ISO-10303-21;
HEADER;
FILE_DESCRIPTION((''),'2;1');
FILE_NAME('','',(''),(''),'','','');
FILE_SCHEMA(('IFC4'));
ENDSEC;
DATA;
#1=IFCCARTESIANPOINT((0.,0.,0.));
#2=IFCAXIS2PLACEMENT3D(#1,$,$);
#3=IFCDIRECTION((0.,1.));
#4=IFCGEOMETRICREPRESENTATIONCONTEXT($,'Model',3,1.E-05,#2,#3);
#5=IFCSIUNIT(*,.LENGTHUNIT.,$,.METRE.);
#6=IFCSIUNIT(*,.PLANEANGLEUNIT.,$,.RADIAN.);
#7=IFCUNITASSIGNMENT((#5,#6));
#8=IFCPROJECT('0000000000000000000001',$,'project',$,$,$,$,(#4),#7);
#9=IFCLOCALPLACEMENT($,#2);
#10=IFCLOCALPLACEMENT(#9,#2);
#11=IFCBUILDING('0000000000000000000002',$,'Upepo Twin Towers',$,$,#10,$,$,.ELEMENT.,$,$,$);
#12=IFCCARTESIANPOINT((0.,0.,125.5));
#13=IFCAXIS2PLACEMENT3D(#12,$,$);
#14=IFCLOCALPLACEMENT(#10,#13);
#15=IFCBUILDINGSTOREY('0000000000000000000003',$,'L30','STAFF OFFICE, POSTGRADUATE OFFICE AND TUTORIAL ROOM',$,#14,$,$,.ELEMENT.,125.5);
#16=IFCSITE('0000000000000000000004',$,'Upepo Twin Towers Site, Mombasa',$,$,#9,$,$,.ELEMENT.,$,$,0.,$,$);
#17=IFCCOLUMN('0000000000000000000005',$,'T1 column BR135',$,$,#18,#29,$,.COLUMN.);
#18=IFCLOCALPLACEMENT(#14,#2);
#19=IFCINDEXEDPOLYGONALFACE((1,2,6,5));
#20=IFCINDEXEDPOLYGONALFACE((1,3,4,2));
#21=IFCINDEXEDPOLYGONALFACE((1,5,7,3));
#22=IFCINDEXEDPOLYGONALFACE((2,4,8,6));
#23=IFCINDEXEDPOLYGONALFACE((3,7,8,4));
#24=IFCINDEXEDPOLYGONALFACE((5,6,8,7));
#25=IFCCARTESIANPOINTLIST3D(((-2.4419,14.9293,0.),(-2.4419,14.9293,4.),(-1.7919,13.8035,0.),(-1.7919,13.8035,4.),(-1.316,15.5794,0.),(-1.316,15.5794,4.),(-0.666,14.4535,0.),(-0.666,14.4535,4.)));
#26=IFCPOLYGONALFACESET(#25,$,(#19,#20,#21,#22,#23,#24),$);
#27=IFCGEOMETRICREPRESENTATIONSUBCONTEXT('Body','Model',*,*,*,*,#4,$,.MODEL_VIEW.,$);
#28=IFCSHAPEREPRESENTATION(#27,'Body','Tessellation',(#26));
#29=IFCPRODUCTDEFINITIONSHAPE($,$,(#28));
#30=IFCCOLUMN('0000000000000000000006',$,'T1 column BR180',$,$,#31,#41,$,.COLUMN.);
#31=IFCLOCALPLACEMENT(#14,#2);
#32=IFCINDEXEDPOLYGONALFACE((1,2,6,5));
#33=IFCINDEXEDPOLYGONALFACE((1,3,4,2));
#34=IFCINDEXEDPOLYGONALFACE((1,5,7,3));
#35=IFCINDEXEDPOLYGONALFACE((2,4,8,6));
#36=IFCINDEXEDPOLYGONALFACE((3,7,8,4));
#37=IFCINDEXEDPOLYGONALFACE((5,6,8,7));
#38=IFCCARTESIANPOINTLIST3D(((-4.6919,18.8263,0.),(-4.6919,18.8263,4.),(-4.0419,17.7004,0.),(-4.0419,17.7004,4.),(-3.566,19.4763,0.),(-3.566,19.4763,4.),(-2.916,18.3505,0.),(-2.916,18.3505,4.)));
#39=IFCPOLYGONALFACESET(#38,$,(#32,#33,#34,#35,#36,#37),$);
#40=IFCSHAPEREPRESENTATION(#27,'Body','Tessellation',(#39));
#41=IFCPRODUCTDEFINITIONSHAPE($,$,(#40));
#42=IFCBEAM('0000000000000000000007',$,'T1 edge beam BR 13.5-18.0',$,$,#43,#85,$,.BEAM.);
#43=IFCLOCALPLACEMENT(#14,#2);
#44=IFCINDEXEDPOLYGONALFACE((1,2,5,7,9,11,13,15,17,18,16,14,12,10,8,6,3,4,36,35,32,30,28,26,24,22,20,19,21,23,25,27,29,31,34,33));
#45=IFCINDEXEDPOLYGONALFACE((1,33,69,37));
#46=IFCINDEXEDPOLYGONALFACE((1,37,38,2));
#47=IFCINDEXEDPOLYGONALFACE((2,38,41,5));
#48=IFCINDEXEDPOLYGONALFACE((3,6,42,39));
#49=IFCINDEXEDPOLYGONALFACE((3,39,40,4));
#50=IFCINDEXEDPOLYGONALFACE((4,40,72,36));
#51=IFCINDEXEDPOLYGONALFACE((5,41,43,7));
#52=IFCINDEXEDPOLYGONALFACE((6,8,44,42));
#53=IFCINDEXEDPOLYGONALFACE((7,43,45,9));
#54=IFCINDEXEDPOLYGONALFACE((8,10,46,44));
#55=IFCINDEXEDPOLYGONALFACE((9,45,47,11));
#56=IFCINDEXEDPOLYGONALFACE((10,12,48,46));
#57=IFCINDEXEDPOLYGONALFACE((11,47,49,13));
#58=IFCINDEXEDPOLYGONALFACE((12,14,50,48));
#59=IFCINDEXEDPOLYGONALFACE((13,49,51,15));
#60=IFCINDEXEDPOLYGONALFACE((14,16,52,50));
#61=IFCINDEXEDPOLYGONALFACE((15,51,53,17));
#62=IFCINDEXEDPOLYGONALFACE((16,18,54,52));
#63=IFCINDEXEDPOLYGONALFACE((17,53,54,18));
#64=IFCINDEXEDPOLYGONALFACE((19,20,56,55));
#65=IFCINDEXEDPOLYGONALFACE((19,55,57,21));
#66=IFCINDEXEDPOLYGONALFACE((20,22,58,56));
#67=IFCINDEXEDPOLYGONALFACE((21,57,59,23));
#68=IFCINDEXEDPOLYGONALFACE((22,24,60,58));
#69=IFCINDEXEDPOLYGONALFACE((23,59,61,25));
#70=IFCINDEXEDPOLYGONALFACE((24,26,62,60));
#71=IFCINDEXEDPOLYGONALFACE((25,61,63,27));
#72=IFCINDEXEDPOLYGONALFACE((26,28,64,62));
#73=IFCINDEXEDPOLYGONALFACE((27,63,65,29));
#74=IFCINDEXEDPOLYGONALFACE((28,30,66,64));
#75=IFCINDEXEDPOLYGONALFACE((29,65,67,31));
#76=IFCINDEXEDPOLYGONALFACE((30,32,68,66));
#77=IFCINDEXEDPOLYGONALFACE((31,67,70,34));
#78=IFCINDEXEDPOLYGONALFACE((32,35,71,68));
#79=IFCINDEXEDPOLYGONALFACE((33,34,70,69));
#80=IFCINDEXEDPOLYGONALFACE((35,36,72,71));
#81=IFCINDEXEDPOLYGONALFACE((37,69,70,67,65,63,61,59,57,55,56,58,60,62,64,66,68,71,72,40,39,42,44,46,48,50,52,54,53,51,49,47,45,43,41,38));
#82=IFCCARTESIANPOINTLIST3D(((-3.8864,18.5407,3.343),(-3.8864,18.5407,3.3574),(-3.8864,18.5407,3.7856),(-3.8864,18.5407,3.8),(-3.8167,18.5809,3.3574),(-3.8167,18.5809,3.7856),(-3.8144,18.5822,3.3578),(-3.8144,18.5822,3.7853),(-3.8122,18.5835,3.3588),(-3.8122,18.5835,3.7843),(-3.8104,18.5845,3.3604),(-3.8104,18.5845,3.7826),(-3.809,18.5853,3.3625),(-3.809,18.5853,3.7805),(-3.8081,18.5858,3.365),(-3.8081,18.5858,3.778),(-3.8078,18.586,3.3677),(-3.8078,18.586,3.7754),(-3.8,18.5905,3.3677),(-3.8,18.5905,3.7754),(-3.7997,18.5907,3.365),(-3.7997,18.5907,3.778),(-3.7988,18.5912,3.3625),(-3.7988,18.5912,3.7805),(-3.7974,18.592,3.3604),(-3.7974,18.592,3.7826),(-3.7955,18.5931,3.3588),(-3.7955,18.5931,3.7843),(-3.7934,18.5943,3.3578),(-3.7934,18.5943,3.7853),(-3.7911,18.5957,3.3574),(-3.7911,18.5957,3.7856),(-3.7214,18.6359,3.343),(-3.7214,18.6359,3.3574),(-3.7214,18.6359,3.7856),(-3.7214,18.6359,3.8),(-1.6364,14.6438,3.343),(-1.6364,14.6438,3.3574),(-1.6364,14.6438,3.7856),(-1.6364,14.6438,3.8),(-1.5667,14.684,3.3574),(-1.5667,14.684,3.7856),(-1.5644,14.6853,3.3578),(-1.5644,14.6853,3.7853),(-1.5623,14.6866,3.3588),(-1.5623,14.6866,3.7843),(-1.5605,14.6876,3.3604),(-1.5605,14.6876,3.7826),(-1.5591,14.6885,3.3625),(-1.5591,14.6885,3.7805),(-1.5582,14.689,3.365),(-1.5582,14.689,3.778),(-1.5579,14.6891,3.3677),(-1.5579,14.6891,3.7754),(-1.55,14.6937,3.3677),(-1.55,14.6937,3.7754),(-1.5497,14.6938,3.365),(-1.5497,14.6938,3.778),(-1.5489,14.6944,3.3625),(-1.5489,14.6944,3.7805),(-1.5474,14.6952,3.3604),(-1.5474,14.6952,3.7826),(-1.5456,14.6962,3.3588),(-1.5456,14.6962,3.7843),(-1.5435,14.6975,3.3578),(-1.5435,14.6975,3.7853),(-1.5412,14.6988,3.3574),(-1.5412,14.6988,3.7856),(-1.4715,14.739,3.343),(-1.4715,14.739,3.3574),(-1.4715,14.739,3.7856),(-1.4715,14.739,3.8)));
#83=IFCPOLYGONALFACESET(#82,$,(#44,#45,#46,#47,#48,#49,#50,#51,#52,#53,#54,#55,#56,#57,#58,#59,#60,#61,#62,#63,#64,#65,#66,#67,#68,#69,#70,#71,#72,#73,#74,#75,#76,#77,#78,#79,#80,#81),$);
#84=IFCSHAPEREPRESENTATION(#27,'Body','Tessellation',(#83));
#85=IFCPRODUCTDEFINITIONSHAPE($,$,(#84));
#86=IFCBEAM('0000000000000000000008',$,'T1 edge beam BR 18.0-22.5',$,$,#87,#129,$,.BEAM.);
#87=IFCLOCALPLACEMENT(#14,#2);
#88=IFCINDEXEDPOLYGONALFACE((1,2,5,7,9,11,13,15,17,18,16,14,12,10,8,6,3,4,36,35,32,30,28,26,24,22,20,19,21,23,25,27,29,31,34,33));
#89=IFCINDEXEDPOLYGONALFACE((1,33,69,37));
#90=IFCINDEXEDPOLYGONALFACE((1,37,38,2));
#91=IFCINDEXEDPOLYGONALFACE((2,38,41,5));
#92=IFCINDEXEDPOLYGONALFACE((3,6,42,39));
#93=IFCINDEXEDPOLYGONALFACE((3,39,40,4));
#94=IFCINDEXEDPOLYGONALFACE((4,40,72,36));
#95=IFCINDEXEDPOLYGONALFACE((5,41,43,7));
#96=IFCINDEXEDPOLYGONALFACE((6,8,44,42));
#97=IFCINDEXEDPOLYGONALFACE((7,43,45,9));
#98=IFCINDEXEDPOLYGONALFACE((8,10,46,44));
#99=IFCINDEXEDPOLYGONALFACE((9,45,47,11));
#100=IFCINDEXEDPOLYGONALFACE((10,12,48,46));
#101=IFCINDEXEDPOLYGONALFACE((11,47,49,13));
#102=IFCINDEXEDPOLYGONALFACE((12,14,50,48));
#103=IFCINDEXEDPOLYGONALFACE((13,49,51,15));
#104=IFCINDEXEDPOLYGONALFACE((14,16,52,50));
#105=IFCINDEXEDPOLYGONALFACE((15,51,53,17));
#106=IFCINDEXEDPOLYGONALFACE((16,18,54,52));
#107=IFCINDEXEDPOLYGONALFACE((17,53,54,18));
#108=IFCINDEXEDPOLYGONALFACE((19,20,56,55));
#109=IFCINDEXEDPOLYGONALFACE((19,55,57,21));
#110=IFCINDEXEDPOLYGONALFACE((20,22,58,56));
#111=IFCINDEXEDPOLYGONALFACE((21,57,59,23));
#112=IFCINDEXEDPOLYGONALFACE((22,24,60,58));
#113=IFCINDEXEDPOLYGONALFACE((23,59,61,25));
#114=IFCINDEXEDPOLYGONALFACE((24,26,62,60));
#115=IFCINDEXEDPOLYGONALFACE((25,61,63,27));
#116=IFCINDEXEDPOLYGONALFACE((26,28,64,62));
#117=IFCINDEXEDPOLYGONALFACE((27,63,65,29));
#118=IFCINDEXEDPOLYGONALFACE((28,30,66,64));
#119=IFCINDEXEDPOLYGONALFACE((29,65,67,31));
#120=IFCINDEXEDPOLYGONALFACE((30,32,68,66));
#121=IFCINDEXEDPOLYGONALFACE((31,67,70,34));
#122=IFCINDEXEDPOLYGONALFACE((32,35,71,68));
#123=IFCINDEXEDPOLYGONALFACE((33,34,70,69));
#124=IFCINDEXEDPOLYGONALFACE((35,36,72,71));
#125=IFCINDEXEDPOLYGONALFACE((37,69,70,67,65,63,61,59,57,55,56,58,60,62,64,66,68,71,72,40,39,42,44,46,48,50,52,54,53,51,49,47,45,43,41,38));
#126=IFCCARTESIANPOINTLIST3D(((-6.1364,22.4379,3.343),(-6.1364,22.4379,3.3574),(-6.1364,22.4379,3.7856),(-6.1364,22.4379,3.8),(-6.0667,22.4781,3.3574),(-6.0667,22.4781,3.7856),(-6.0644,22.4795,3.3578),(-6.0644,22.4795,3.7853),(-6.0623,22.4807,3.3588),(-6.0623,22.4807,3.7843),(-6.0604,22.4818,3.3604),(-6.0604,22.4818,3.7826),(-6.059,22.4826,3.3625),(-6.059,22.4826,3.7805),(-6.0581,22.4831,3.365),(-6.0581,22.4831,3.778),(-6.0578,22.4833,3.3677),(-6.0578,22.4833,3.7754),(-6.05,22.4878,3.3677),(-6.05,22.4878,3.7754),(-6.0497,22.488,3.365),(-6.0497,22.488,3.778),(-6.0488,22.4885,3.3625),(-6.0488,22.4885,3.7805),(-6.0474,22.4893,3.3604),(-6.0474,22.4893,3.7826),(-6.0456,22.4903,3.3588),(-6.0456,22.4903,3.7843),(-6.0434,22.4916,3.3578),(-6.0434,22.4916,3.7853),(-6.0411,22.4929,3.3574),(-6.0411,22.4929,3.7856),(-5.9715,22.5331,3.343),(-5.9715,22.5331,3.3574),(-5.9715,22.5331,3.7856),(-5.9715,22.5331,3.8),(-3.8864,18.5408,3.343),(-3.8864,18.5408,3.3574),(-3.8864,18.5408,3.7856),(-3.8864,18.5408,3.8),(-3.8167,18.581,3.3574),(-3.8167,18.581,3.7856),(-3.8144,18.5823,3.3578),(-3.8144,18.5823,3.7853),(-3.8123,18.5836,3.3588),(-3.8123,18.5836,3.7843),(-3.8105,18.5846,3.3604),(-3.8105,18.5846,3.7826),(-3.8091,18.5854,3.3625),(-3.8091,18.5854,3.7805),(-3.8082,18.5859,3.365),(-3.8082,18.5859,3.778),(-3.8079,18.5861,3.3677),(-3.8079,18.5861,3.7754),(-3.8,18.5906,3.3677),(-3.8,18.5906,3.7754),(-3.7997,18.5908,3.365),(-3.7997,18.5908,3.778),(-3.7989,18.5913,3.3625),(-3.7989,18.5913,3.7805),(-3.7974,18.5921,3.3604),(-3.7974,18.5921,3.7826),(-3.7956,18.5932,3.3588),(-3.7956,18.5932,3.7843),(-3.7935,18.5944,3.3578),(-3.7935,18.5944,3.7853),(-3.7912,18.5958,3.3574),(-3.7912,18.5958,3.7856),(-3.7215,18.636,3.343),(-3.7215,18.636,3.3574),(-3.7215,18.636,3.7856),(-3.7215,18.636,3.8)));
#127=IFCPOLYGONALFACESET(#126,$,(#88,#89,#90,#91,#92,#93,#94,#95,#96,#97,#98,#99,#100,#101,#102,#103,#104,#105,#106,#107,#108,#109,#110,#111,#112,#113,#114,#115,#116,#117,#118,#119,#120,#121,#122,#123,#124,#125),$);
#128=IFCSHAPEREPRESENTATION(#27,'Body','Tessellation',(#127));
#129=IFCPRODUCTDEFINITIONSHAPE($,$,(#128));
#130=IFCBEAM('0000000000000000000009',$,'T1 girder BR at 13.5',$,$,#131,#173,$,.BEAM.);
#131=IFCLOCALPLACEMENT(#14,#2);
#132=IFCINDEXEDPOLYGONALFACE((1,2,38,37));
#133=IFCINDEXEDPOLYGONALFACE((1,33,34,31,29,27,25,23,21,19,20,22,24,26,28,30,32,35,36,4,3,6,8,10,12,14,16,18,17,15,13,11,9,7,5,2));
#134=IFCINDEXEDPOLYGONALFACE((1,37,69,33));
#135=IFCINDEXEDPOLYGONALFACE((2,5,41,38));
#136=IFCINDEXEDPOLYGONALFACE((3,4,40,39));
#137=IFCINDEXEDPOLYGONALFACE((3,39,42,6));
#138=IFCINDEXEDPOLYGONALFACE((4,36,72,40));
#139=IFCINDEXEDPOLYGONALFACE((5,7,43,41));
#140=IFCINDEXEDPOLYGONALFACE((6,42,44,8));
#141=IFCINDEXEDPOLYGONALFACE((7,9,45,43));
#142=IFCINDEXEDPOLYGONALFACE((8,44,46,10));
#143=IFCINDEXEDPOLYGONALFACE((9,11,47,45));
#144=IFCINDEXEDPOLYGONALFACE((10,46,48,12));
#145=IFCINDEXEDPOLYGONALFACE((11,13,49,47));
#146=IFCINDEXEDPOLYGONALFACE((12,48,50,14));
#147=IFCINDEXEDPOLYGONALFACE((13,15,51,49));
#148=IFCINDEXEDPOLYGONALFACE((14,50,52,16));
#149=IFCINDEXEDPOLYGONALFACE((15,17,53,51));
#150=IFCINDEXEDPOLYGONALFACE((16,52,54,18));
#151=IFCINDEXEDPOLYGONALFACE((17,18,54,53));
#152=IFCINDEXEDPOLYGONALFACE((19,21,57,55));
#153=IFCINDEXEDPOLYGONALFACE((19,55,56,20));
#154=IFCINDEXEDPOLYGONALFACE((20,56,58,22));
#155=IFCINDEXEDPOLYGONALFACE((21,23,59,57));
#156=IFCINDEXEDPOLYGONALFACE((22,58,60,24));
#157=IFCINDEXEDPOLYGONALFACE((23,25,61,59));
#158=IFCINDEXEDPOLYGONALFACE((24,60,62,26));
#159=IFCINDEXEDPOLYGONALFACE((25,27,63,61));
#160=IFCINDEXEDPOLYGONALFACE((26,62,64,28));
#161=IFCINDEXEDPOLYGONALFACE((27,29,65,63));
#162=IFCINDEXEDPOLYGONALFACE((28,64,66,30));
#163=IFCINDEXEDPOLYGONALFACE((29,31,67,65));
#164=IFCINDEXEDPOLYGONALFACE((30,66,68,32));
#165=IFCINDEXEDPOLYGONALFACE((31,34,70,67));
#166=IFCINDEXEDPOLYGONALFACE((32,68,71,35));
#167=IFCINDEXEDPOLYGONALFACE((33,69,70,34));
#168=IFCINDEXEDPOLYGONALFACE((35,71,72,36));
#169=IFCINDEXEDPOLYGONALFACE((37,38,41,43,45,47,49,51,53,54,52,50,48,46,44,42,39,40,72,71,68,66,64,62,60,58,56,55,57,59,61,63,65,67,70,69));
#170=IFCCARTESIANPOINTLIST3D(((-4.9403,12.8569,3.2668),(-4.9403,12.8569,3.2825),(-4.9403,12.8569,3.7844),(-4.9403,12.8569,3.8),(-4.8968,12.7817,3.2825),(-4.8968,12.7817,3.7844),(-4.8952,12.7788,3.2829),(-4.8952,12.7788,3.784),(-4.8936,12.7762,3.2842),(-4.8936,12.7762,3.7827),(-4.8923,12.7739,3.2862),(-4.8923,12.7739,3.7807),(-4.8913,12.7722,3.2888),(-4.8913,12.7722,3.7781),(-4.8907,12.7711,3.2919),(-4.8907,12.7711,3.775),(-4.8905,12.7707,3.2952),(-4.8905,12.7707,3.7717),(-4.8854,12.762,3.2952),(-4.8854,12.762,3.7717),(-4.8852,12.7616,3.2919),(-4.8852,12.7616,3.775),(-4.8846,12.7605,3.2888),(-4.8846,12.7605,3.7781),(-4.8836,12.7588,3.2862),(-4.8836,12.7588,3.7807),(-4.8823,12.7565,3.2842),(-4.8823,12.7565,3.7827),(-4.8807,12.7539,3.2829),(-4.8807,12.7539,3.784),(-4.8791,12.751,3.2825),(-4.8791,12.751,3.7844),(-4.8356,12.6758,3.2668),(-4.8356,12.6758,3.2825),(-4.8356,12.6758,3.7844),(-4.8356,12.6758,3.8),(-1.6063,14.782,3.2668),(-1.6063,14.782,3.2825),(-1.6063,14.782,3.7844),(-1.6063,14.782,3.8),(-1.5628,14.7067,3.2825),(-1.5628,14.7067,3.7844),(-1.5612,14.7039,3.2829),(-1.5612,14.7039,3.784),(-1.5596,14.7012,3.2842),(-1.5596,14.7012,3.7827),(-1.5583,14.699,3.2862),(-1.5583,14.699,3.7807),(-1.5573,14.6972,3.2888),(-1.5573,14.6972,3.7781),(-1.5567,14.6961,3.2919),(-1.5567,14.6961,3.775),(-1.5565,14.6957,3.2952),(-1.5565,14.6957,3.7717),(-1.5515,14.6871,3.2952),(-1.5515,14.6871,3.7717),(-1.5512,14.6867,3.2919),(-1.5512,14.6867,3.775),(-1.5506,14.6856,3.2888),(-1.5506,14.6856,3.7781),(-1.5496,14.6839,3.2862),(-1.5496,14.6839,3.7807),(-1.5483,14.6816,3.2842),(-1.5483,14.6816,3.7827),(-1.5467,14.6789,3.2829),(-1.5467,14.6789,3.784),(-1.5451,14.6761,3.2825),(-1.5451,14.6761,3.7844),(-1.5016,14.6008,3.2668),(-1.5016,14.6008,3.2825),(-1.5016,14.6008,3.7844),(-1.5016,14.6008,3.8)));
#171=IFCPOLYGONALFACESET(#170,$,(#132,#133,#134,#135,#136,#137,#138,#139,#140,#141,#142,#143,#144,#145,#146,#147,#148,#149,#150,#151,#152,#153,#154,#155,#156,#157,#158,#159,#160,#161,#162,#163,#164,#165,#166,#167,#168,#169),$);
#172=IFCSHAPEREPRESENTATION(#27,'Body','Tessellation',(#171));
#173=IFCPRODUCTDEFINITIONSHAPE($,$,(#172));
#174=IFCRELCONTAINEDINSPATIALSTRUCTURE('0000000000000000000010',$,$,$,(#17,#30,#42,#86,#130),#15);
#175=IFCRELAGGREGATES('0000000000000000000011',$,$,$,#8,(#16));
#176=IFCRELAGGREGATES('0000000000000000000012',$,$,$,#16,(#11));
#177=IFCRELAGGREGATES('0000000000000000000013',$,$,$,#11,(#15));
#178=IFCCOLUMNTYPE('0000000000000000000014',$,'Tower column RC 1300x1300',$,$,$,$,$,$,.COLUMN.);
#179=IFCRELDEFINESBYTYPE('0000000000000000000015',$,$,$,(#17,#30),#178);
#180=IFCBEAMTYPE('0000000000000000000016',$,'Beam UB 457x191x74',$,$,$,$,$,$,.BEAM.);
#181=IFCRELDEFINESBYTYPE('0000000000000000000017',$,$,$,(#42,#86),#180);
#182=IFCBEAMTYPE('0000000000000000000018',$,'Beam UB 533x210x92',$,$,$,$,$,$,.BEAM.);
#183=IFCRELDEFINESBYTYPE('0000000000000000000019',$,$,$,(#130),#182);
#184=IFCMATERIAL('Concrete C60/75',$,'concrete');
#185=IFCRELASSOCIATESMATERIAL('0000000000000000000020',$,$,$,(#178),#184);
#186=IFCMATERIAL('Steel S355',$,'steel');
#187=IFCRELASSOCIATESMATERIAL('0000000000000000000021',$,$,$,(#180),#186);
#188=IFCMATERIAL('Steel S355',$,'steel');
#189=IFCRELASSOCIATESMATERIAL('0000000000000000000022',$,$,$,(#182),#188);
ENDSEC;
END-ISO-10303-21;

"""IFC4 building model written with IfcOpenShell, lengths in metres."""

from ifc_helpers import new_model, si_unit, direction, frame, origin, origin_2d, place, context, subcontext, project, spatial, rectangle, i_section, extrude, material, material_profile, profile_set, type_object, element, save


model = new_model("IFC4")

# Units and contexts
model_context = context("Model", 3, precision=1e-05, world=origin(), true_north=direction((0.0, 1.0)))
body_context = subcontext(model_context, "Body", "Model", "MODEL_VIEW")
ifc_project = project(units=[si_unit("LENGTHUNIT", "METRE"), si_unit("PLANEANGLEUNIT", "RADIAN")], contexts=[model_context])

# Site, building, storey
site_placement = place(None, origin())
site = spatial("IfcSite", under=ifc_project, at=site_placement, Name="Upepo Twin Towers Site, Mombasa", CompositionType="ELEMENT", RefElevation=0.0)
building_placement = place(site_placement, origin())
building = spatial("IfcBuilding", under=site, at=building_placement, Name="Upepo Twin Towers", CompositionType="ELEMENT")
storey_placement = place(building_placement, frame((0.0, 0.0, 125.5)))
storey = spatial("IfcBuildingStorey", under=building, at=storey_placement, Name="L30", Description="STAFF OFFICE, POSTGRADUATE OFFICE AND TUTORIAL ROOM", CompositionType="ELEMENT", Elevation=125.5)

# Columns
ifc_material_1 = material(Name="Concrete C60/75", Category="concrete")
ifc_material_profile_1 = material_profile(ifc_material_1, rectangle(XDim=1.3, YDim=1.3, at=origin_2d()), Name="RC 1300x1300")
ifc_profile_set_1 = profile_set([ifc_material_profile_1], Name="Concrete C60/75")
column_type = type_object("IfcColumnType", Name="Tower column RC 1300x1300", PredefinedType="COLUMN", material=ifc_profile_set_1)
for number, where, z_axis, x_axis, name in (
    (1, (-1.554, 14.6914, 0.0), (0.0, 0.0, 1.0), (0.866025, 0.5, 0.0), "T1 column BR135"),
    (2, (-3.804, 18.5884, 0.0), (0.0, 0.0, 1.0), (0.866025, 0.5, 0.0), "T1 column BR180"),
):
    element("IfcColumn", number, at=place(storey_placement, frame(where, z_axis=z_axis, x_axis=x_axis)), inside=storey, type_object=column_type, Name=name, PredefinedType="COLUMN", context=body_context, shape_type="SweptSolid", body=[
        extrude(rectangle(XDim=1.3, YDim=1.3, at=origin_2d()), origin(), (0.0, 0.0, 1.0), 4.0),
    ])

# Beams
ifc_material_2 = material(Name="Steel S355", Category="steel")
ifc_material_profile_2 = material_profile(ifc_material_2, i_section(OverallWidth=0.1904, OverallDepth=0.457, WebThickness=0.009, FlangeThickness=0.0144, FilletRadius=0.0103, at=origin_2d()), Name="UB 457x191x74")
ifc_profile_set_2 = profile_set([ifc_material_profile_2], Name="Steel S355")
beam_type_1 = type_object("IfcBeamType", Name="Beam UB 457x191x74", PredefinedType="BEAM", material=ifc_profile_set_2)
beam_1_placement = place(storey_placement, frame((-1.554, 14.6914, 3.5715), z_axis=(-0.500014, 0.866018, 0.0), x_axis=(-0.866018, -0.500014, 0.0)))
element("IfcBeam", 3, at=beam_1_placement, inside=storey, type_object=beam_type_1, Name="T1 edge beam BR 13.5-18.0", PredefinedType="BEAM", context=body_context, shape_type="SweptSolid", body=[
    extrude(i_section(OverallWidth=0.1904, OverallDepth=0.457, WebThickness=0.009, FlangeThickness=0.0144, FilletRadius=0.0103, at=origin_2d()), origin(), (0.0, 0.0, 1.0), 4.4998),
])
beam_2_placement = place(storey_placement, frame((-3.804, 18.5884, 3.5715), z_axis=(-0.49999, 0.866031, 0.0), x_axis=(-0.866031, -0.49999, 0.0)))
element("IfcBeam", 4, at=beam_2_placement, inside=storey, type_object=beam_type_1, Name="T1 edge beam BR 18.0-22.5", PredefinedType="BEAM", context=body_context, shape_type="SweptSolid", body=[
    extrude(i_section(OverallWidth=0.1904, OverallDepth=0.457, WebThickness=0.009, FlangeThickness=0.0144, FilletRadius=0.0103, at=origin_2d()), origin(), (0.0, 0.0, 1.0), 4.5),
])
ifc_material_3 = material(Name="Steel S355", Category="steel")
ifc_material_profile_3 = material_profile(ifc_material_3, i_section(OverallWidth=0.2092, OverallDepth=0.5332, WebThickness=0.01, FlangeThickness=0.0156, FilletRadius=0.0127, at=origin_2d()), Name="UB 533x210x92")
ifc_profile_set_3 = profile_set([ifc_material_profile_3], Name="Steel S355")
beam_type_2 = type_object("IfcBeamType", Name="Beam UB 533x210x92", PredefinedType="BEAM", material=ifc_profile_set_3)
beam_3_placement = place(storey_placement, frame((-1.554, 14.6914, 3.5334), z_axis=(-0.866006, -0.500034, 0.0), x_axis=(0.500034, -0.866006, 0.0)))
element("IfcBeam", 5, at=beam_3_placement, inside=storey, type_object=beam_type_2, Name="T1 girder BR at 13.5", PredefinedType="BEAM", context=body_context, shape_type="SweptSolid", body=[
    extrude(i_section(OverallWidth=0.2092, OverallDepth=0.5332, WebThickness=0.01, FlangeThickness=0.0156, FilletRadius=0.0127, at=origin_2d()), origin(), (0.0, 0.0, 1.0), 3.8499),
])

save(model, "model.ifc")
